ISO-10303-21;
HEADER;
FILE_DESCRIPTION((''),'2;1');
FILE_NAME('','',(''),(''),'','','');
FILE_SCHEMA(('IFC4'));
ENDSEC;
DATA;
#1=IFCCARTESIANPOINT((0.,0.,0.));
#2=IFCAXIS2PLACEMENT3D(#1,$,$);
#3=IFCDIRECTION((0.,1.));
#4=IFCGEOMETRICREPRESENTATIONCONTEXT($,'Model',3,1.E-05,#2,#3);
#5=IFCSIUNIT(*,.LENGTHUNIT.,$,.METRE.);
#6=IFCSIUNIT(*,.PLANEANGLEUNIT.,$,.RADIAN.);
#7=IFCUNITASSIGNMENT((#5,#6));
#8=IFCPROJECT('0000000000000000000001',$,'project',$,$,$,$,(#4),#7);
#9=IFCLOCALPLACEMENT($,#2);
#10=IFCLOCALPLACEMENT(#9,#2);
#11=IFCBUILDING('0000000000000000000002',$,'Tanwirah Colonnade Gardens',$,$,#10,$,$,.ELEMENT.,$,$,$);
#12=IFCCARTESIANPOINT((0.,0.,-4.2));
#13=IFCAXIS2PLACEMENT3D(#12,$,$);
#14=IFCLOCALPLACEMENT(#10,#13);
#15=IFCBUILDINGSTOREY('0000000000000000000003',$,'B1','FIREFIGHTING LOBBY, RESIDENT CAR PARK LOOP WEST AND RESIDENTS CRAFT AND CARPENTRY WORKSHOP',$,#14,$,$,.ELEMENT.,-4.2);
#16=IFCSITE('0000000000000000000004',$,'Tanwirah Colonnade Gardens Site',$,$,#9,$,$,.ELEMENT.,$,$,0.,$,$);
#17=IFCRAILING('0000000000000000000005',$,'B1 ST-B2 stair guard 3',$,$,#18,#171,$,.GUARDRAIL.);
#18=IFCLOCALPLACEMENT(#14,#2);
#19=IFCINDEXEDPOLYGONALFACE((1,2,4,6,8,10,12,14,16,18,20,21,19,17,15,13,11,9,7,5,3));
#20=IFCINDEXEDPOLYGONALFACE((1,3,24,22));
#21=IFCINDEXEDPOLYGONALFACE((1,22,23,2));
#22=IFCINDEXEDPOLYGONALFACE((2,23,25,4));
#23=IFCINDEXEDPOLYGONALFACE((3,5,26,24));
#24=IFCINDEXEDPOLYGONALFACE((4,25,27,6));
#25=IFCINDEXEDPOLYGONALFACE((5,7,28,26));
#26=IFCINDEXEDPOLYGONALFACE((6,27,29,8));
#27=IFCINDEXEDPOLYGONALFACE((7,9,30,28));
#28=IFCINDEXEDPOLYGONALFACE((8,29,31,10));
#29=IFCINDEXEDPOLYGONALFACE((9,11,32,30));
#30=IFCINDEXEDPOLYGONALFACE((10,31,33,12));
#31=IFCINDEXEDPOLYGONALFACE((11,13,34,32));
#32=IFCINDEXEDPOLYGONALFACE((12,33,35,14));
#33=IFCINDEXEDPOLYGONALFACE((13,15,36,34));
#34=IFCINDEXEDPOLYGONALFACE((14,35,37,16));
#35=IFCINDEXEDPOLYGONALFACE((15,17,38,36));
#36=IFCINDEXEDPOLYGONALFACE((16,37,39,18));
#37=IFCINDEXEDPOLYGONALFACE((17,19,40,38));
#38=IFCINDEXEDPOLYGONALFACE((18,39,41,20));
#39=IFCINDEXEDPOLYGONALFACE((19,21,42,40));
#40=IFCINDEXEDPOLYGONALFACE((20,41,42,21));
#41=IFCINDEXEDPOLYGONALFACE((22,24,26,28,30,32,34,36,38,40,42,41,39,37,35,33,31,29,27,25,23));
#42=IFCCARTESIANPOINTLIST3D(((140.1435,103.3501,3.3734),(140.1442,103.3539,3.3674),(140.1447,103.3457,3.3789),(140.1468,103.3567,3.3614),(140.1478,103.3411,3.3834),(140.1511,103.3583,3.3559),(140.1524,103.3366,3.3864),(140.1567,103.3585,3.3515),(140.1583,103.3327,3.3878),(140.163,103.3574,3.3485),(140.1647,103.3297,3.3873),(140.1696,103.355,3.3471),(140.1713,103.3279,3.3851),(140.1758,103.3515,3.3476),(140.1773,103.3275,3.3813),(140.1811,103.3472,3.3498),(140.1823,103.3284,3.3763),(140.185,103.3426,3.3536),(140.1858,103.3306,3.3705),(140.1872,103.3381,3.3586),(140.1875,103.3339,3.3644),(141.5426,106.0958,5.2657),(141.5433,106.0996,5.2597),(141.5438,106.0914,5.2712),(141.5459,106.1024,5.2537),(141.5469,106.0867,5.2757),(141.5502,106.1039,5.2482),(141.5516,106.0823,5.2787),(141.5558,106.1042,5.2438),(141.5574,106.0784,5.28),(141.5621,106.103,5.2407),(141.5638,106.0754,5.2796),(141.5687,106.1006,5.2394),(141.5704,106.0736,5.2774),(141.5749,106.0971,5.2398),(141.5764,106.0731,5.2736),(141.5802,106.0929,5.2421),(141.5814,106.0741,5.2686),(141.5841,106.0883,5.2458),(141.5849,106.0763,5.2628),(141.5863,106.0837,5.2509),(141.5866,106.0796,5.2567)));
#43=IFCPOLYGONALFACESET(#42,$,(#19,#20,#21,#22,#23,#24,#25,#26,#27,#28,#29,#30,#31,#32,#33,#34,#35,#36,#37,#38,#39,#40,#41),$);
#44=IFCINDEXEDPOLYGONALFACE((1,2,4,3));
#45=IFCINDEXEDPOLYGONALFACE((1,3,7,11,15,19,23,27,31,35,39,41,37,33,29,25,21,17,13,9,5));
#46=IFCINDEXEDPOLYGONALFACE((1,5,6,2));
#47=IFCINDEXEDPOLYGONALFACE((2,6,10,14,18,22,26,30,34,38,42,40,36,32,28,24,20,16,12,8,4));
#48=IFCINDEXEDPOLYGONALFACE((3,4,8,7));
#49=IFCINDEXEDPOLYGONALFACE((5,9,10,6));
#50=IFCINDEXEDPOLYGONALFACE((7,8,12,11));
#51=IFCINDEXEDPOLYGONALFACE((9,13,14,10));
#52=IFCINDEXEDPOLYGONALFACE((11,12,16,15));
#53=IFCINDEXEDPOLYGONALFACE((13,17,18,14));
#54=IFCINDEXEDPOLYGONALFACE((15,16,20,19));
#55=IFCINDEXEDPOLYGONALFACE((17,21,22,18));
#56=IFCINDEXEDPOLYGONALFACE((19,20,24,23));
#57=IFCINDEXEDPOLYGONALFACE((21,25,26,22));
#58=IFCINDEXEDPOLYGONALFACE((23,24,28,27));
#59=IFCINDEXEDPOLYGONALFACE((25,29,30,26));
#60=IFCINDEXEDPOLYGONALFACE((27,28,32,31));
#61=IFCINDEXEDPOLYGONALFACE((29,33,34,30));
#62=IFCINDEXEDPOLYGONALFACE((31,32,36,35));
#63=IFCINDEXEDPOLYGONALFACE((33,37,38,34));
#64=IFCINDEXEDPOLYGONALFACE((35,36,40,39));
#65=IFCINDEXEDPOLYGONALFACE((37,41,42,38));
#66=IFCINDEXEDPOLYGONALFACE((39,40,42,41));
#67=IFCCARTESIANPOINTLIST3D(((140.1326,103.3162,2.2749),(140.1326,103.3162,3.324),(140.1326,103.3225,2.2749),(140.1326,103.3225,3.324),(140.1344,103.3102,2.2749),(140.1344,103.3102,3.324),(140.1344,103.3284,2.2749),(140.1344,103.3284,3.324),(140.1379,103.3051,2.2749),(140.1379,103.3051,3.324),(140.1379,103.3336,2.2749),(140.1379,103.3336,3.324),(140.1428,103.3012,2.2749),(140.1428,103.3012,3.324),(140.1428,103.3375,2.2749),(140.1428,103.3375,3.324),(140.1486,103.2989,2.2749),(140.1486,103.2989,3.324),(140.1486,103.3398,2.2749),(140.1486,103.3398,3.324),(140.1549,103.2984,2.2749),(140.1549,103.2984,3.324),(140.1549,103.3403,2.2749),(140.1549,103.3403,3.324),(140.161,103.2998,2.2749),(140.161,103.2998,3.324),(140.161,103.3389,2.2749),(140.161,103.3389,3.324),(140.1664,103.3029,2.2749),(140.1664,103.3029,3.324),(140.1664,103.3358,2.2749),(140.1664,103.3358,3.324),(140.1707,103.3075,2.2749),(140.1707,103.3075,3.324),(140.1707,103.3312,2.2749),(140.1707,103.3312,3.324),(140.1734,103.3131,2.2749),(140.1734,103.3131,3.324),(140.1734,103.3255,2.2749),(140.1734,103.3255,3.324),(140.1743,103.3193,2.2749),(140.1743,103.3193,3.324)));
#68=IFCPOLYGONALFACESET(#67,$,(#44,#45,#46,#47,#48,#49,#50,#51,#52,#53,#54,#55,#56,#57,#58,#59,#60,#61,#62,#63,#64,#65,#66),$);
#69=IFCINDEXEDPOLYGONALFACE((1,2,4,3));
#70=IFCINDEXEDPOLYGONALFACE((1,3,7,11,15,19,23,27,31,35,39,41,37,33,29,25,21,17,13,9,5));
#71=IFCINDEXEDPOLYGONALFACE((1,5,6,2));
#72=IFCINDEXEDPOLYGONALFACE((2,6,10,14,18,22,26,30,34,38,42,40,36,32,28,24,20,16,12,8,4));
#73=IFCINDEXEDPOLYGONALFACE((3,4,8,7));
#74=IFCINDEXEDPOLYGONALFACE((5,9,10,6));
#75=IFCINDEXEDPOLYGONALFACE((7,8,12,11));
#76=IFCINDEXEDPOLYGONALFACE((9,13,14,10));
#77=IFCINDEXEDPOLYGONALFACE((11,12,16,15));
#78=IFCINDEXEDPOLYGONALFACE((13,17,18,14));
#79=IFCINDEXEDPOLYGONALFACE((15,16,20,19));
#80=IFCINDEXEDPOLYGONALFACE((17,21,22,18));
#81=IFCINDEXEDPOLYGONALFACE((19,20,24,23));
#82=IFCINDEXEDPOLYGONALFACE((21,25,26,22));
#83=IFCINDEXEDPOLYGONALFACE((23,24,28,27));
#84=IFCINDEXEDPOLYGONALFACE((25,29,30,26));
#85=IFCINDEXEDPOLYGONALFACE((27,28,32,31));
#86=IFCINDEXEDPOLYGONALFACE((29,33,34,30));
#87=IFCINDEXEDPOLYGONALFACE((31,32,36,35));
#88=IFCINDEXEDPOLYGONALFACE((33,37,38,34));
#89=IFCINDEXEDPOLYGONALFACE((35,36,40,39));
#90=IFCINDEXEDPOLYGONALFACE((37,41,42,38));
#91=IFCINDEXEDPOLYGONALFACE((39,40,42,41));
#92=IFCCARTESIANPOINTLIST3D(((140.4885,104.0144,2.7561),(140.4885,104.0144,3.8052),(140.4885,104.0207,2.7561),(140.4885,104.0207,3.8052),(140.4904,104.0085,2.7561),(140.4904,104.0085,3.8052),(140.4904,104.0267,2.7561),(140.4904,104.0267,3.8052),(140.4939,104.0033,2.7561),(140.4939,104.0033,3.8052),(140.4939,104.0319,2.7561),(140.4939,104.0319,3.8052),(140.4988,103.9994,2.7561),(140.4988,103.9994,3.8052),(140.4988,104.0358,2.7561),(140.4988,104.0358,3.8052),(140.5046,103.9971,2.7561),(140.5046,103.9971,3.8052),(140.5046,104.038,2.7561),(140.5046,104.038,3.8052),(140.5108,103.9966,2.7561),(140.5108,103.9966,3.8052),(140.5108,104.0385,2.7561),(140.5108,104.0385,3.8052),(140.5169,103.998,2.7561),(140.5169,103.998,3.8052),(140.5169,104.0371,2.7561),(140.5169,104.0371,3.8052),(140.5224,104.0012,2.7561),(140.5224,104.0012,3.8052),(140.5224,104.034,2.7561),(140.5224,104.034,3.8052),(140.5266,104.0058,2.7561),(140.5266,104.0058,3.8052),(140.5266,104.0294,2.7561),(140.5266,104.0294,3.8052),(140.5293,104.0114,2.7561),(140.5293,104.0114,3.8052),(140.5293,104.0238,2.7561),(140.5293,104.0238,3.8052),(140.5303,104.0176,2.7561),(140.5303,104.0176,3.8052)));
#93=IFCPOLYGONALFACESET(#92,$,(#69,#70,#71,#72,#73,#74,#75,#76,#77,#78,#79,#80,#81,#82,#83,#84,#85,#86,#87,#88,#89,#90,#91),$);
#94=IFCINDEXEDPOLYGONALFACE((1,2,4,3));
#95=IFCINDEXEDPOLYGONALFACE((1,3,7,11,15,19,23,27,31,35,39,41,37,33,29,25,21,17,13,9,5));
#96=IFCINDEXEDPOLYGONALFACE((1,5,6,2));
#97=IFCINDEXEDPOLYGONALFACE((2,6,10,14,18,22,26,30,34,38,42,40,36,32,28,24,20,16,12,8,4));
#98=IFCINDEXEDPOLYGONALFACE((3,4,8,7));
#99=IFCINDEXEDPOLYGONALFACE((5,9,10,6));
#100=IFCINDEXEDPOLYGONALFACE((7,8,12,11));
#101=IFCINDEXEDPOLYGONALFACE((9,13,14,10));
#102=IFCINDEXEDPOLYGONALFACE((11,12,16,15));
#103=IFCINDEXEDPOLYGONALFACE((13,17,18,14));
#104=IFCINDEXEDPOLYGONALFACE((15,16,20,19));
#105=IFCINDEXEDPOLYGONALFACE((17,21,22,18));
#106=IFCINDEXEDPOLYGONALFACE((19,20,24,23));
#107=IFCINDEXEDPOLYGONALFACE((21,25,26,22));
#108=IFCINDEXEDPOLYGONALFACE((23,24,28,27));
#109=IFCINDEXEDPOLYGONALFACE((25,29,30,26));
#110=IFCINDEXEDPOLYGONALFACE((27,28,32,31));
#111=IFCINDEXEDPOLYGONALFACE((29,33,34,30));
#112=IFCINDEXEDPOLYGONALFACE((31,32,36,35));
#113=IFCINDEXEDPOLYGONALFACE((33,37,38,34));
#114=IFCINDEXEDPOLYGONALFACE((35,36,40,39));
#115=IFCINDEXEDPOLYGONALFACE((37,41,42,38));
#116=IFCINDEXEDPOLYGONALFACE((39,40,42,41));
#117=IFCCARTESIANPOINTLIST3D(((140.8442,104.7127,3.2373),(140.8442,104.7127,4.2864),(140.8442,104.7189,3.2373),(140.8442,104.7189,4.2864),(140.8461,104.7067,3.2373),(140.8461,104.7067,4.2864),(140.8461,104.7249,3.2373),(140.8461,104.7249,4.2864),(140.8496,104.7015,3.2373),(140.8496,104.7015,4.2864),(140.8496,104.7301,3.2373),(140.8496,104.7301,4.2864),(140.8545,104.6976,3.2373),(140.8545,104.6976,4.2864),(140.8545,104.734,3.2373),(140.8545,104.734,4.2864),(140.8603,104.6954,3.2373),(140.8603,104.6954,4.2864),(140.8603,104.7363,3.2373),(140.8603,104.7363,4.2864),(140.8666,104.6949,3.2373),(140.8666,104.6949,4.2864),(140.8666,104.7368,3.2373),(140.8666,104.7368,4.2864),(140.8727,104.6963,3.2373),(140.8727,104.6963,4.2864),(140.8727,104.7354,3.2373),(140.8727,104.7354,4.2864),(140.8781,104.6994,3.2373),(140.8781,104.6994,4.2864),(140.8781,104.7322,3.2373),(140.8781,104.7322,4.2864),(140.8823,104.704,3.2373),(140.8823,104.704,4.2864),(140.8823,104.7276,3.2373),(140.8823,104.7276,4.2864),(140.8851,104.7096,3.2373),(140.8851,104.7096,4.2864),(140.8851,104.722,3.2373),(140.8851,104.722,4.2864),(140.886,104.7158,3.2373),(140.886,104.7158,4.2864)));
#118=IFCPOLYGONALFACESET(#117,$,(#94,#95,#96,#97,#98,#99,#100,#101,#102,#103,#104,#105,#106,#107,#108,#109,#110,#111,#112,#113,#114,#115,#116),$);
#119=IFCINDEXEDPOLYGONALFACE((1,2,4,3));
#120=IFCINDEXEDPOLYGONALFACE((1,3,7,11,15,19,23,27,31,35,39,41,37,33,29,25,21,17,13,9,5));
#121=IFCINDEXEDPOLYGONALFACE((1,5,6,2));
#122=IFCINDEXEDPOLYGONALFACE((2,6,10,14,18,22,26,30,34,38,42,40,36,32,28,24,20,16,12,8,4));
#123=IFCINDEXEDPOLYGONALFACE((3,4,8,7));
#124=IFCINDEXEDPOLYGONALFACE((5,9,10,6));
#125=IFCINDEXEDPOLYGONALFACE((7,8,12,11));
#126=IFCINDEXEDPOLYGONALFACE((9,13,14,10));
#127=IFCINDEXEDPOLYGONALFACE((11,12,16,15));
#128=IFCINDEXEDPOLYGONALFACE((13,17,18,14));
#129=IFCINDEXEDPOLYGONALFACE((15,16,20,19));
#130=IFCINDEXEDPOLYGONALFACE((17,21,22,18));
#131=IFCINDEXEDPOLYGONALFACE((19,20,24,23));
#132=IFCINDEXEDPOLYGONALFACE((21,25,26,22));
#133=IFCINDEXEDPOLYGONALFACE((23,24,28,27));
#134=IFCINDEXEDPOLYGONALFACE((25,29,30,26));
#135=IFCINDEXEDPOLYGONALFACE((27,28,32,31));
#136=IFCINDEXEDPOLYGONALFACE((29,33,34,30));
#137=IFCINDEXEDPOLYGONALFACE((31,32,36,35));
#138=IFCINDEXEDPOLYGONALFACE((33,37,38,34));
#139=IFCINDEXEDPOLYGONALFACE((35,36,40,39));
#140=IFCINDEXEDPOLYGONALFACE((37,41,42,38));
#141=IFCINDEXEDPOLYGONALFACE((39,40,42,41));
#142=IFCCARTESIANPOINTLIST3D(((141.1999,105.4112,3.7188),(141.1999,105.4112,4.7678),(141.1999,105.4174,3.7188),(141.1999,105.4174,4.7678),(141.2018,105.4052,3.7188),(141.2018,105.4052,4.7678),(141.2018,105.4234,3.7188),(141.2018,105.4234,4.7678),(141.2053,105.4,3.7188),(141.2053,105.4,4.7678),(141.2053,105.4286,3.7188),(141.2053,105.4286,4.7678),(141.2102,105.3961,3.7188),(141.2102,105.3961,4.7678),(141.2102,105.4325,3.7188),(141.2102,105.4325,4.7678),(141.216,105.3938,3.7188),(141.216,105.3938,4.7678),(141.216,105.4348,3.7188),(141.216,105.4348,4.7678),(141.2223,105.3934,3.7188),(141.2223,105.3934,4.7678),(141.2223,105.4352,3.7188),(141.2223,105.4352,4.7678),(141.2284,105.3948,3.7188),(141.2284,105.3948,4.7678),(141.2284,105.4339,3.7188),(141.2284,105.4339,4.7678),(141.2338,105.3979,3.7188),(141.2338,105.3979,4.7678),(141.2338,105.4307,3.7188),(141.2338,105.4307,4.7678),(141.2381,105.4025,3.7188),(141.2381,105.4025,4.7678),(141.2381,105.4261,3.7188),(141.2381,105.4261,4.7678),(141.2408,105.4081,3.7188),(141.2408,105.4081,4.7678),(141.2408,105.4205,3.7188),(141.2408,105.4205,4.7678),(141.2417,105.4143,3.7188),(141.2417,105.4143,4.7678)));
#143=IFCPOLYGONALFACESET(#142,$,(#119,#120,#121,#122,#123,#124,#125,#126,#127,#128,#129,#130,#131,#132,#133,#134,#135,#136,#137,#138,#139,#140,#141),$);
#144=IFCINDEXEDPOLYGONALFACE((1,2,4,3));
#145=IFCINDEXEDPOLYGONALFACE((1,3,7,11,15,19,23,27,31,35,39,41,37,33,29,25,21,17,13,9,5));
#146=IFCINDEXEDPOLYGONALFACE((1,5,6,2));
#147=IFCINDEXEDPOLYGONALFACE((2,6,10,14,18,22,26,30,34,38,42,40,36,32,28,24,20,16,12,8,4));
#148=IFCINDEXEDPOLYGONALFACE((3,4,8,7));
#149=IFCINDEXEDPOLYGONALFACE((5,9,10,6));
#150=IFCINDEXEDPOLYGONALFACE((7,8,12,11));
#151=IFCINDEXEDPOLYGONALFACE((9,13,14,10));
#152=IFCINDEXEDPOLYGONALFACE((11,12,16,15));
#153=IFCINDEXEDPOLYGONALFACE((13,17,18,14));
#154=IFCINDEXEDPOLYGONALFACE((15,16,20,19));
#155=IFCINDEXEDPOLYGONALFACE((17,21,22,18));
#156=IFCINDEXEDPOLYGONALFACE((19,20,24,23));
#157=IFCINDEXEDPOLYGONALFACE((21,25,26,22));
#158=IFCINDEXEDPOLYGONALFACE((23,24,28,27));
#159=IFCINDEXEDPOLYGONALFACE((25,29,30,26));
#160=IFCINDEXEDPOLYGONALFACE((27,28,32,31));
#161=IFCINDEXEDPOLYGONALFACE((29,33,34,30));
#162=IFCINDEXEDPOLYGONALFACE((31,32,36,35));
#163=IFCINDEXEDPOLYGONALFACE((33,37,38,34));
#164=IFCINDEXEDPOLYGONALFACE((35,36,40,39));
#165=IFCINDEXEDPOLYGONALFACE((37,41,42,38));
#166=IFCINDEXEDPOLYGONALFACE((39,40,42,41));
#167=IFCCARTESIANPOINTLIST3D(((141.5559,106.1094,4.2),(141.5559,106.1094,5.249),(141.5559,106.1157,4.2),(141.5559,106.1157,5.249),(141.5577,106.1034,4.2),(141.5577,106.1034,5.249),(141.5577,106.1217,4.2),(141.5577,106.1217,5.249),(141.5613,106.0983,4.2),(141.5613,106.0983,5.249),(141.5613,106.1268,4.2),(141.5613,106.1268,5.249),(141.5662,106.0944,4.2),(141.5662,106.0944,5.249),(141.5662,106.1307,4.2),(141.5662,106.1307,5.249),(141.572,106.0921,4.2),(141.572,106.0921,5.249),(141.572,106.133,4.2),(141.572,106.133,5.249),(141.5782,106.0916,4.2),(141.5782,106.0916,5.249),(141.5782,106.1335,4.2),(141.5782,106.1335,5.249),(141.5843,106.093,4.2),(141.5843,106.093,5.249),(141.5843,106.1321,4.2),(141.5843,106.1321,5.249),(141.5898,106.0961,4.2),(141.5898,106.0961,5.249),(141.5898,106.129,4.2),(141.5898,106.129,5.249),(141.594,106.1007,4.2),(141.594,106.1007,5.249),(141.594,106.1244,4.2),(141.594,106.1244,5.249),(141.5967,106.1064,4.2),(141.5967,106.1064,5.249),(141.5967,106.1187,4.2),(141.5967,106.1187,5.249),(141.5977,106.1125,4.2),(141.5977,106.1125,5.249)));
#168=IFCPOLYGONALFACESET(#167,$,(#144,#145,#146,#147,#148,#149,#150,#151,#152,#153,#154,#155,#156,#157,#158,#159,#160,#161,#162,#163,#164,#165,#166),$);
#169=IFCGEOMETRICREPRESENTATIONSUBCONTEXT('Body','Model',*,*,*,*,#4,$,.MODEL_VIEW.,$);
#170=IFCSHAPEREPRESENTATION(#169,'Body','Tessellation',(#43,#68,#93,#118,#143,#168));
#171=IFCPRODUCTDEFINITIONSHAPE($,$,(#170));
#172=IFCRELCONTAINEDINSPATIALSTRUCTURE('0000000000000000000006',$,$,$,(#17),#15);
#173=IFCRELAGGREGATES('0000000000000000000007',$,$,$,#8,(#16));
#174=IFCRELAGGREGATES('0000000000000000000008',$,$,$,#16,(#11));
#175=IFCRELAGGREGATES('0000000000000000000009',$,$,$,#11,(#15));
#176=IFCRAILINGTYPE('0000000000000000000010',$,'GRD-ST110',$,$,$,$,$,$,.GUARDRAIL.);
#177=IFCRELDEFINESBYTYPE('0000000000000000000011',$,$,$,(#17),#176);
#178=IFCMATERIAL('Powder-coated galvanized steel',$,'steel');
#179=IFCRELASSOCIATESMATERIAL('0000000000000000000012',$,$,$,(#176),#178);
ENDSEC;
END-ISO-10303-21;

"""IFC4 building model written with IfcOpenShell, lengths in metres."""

from ifc_helpers import new_model, si_unit, direction, frame, origin, origin_2d, place, context, subcontext, project, spatial, circle, extrude, material, type_object, element, save


model = new_model("IFC4")

# Units and contexts
model_context = context("Model", 3, precision=1e-05, world=origin(), true_north=direction((0.0, 1.0)))
body_context = subcontext(model_context, "Body", "Model", "MODEL_VIEW")
ifc_project = project(units=[si_unit("LENGTHUNIT", "METRE"), si_unit("PLANEANGLEUNIT", "RADIAN")], contexts=[model_context])

# Site, building, storey
site_placement = place(None, origin())
site = spatial("IfcSite", under=ifc_project, at=site_placement, Name="Tanwirah Colonnade Gardens Site", CompositionType="ELEMENT", RefElevation=0.0)
building_placement = place(site_placement, origin())
building = spatial("IfcBuilding", under=site, at=building_placement, Name="Tanwirah Colonnade Gardens", CompositionType="ELEMENT")
storey_placement = place(building_placement, frame((0.0, 0.0, -4.2)))
storey = spatial("IfcBuildingStorey", under=building, at=storey_placement, Name="B1", Description="FIREFIGHTING LOBBY, RESIDENT CAR PARK LOOP WEST AND RESIDENTS CRAFT AND CARPENTRY WORKSHOP", CompositionType="ELEMENT", Elevation=-4.2)

# Railing
ifc_material_1 = material(Name="Powder-coated galvanized steel", Category="steel")
railing_type_1 = type_object("IfcRailingType", Name="GRD-ST110", PredefinedType="GUARDRAIL", material=ifc_material_1)
railing_1_placement = place(storey_placement, frame((140.1533, 103.3193, 2.2749)))
element("IfcRailing", 1, at=railing_1_placement, inside=storey, type_object=railing_type_1, Name="B1 ST-B2 stair guard 3", PredefinedType="GUARDRAIL", context=body_context, shape_type="SweptSolid", body=[
    extrude(circle(Radius=0.0239, at=origin_2d()), frame((0.0122, 0.0237, 1.0925), z_axis=(0.386901, 0.759268, 0.523278), x_axis=(-0.89099, 0.454023, 0.0)), (0.0, 0.0, 1.0), 3.6162),
    extrude(circle(Radius=0.021, at=origin_2d()), origin(), (0.0, 0.0, 1.0), 1.0491),
    extrude(circle(Radius=0.021, at=origin_2d()), frame((0.356, 0.6982, 0.4812)), (0.0, 0.0, 1.0), 1.0491),
    extrude(circle(Radius=0.021, at=origin_2d()), frame((0.7117, 1.3965, 0.9624)), (0.0, 0.0, 1.0), 1.0491),
    extrude(circle(Radius=0.021, at=origin_2d()), frame((1.0674, 2.095, 1.4438)), (0.0, 0.0, 1.0), 1.0491),
    extrude(circle(Radius=0.021, at=origin_2d()), frame((1.4233, 2.7932, 1.925)), (0.0, 0.0, 1.0), 1.0491),
])

save(model, "model.ifc")
